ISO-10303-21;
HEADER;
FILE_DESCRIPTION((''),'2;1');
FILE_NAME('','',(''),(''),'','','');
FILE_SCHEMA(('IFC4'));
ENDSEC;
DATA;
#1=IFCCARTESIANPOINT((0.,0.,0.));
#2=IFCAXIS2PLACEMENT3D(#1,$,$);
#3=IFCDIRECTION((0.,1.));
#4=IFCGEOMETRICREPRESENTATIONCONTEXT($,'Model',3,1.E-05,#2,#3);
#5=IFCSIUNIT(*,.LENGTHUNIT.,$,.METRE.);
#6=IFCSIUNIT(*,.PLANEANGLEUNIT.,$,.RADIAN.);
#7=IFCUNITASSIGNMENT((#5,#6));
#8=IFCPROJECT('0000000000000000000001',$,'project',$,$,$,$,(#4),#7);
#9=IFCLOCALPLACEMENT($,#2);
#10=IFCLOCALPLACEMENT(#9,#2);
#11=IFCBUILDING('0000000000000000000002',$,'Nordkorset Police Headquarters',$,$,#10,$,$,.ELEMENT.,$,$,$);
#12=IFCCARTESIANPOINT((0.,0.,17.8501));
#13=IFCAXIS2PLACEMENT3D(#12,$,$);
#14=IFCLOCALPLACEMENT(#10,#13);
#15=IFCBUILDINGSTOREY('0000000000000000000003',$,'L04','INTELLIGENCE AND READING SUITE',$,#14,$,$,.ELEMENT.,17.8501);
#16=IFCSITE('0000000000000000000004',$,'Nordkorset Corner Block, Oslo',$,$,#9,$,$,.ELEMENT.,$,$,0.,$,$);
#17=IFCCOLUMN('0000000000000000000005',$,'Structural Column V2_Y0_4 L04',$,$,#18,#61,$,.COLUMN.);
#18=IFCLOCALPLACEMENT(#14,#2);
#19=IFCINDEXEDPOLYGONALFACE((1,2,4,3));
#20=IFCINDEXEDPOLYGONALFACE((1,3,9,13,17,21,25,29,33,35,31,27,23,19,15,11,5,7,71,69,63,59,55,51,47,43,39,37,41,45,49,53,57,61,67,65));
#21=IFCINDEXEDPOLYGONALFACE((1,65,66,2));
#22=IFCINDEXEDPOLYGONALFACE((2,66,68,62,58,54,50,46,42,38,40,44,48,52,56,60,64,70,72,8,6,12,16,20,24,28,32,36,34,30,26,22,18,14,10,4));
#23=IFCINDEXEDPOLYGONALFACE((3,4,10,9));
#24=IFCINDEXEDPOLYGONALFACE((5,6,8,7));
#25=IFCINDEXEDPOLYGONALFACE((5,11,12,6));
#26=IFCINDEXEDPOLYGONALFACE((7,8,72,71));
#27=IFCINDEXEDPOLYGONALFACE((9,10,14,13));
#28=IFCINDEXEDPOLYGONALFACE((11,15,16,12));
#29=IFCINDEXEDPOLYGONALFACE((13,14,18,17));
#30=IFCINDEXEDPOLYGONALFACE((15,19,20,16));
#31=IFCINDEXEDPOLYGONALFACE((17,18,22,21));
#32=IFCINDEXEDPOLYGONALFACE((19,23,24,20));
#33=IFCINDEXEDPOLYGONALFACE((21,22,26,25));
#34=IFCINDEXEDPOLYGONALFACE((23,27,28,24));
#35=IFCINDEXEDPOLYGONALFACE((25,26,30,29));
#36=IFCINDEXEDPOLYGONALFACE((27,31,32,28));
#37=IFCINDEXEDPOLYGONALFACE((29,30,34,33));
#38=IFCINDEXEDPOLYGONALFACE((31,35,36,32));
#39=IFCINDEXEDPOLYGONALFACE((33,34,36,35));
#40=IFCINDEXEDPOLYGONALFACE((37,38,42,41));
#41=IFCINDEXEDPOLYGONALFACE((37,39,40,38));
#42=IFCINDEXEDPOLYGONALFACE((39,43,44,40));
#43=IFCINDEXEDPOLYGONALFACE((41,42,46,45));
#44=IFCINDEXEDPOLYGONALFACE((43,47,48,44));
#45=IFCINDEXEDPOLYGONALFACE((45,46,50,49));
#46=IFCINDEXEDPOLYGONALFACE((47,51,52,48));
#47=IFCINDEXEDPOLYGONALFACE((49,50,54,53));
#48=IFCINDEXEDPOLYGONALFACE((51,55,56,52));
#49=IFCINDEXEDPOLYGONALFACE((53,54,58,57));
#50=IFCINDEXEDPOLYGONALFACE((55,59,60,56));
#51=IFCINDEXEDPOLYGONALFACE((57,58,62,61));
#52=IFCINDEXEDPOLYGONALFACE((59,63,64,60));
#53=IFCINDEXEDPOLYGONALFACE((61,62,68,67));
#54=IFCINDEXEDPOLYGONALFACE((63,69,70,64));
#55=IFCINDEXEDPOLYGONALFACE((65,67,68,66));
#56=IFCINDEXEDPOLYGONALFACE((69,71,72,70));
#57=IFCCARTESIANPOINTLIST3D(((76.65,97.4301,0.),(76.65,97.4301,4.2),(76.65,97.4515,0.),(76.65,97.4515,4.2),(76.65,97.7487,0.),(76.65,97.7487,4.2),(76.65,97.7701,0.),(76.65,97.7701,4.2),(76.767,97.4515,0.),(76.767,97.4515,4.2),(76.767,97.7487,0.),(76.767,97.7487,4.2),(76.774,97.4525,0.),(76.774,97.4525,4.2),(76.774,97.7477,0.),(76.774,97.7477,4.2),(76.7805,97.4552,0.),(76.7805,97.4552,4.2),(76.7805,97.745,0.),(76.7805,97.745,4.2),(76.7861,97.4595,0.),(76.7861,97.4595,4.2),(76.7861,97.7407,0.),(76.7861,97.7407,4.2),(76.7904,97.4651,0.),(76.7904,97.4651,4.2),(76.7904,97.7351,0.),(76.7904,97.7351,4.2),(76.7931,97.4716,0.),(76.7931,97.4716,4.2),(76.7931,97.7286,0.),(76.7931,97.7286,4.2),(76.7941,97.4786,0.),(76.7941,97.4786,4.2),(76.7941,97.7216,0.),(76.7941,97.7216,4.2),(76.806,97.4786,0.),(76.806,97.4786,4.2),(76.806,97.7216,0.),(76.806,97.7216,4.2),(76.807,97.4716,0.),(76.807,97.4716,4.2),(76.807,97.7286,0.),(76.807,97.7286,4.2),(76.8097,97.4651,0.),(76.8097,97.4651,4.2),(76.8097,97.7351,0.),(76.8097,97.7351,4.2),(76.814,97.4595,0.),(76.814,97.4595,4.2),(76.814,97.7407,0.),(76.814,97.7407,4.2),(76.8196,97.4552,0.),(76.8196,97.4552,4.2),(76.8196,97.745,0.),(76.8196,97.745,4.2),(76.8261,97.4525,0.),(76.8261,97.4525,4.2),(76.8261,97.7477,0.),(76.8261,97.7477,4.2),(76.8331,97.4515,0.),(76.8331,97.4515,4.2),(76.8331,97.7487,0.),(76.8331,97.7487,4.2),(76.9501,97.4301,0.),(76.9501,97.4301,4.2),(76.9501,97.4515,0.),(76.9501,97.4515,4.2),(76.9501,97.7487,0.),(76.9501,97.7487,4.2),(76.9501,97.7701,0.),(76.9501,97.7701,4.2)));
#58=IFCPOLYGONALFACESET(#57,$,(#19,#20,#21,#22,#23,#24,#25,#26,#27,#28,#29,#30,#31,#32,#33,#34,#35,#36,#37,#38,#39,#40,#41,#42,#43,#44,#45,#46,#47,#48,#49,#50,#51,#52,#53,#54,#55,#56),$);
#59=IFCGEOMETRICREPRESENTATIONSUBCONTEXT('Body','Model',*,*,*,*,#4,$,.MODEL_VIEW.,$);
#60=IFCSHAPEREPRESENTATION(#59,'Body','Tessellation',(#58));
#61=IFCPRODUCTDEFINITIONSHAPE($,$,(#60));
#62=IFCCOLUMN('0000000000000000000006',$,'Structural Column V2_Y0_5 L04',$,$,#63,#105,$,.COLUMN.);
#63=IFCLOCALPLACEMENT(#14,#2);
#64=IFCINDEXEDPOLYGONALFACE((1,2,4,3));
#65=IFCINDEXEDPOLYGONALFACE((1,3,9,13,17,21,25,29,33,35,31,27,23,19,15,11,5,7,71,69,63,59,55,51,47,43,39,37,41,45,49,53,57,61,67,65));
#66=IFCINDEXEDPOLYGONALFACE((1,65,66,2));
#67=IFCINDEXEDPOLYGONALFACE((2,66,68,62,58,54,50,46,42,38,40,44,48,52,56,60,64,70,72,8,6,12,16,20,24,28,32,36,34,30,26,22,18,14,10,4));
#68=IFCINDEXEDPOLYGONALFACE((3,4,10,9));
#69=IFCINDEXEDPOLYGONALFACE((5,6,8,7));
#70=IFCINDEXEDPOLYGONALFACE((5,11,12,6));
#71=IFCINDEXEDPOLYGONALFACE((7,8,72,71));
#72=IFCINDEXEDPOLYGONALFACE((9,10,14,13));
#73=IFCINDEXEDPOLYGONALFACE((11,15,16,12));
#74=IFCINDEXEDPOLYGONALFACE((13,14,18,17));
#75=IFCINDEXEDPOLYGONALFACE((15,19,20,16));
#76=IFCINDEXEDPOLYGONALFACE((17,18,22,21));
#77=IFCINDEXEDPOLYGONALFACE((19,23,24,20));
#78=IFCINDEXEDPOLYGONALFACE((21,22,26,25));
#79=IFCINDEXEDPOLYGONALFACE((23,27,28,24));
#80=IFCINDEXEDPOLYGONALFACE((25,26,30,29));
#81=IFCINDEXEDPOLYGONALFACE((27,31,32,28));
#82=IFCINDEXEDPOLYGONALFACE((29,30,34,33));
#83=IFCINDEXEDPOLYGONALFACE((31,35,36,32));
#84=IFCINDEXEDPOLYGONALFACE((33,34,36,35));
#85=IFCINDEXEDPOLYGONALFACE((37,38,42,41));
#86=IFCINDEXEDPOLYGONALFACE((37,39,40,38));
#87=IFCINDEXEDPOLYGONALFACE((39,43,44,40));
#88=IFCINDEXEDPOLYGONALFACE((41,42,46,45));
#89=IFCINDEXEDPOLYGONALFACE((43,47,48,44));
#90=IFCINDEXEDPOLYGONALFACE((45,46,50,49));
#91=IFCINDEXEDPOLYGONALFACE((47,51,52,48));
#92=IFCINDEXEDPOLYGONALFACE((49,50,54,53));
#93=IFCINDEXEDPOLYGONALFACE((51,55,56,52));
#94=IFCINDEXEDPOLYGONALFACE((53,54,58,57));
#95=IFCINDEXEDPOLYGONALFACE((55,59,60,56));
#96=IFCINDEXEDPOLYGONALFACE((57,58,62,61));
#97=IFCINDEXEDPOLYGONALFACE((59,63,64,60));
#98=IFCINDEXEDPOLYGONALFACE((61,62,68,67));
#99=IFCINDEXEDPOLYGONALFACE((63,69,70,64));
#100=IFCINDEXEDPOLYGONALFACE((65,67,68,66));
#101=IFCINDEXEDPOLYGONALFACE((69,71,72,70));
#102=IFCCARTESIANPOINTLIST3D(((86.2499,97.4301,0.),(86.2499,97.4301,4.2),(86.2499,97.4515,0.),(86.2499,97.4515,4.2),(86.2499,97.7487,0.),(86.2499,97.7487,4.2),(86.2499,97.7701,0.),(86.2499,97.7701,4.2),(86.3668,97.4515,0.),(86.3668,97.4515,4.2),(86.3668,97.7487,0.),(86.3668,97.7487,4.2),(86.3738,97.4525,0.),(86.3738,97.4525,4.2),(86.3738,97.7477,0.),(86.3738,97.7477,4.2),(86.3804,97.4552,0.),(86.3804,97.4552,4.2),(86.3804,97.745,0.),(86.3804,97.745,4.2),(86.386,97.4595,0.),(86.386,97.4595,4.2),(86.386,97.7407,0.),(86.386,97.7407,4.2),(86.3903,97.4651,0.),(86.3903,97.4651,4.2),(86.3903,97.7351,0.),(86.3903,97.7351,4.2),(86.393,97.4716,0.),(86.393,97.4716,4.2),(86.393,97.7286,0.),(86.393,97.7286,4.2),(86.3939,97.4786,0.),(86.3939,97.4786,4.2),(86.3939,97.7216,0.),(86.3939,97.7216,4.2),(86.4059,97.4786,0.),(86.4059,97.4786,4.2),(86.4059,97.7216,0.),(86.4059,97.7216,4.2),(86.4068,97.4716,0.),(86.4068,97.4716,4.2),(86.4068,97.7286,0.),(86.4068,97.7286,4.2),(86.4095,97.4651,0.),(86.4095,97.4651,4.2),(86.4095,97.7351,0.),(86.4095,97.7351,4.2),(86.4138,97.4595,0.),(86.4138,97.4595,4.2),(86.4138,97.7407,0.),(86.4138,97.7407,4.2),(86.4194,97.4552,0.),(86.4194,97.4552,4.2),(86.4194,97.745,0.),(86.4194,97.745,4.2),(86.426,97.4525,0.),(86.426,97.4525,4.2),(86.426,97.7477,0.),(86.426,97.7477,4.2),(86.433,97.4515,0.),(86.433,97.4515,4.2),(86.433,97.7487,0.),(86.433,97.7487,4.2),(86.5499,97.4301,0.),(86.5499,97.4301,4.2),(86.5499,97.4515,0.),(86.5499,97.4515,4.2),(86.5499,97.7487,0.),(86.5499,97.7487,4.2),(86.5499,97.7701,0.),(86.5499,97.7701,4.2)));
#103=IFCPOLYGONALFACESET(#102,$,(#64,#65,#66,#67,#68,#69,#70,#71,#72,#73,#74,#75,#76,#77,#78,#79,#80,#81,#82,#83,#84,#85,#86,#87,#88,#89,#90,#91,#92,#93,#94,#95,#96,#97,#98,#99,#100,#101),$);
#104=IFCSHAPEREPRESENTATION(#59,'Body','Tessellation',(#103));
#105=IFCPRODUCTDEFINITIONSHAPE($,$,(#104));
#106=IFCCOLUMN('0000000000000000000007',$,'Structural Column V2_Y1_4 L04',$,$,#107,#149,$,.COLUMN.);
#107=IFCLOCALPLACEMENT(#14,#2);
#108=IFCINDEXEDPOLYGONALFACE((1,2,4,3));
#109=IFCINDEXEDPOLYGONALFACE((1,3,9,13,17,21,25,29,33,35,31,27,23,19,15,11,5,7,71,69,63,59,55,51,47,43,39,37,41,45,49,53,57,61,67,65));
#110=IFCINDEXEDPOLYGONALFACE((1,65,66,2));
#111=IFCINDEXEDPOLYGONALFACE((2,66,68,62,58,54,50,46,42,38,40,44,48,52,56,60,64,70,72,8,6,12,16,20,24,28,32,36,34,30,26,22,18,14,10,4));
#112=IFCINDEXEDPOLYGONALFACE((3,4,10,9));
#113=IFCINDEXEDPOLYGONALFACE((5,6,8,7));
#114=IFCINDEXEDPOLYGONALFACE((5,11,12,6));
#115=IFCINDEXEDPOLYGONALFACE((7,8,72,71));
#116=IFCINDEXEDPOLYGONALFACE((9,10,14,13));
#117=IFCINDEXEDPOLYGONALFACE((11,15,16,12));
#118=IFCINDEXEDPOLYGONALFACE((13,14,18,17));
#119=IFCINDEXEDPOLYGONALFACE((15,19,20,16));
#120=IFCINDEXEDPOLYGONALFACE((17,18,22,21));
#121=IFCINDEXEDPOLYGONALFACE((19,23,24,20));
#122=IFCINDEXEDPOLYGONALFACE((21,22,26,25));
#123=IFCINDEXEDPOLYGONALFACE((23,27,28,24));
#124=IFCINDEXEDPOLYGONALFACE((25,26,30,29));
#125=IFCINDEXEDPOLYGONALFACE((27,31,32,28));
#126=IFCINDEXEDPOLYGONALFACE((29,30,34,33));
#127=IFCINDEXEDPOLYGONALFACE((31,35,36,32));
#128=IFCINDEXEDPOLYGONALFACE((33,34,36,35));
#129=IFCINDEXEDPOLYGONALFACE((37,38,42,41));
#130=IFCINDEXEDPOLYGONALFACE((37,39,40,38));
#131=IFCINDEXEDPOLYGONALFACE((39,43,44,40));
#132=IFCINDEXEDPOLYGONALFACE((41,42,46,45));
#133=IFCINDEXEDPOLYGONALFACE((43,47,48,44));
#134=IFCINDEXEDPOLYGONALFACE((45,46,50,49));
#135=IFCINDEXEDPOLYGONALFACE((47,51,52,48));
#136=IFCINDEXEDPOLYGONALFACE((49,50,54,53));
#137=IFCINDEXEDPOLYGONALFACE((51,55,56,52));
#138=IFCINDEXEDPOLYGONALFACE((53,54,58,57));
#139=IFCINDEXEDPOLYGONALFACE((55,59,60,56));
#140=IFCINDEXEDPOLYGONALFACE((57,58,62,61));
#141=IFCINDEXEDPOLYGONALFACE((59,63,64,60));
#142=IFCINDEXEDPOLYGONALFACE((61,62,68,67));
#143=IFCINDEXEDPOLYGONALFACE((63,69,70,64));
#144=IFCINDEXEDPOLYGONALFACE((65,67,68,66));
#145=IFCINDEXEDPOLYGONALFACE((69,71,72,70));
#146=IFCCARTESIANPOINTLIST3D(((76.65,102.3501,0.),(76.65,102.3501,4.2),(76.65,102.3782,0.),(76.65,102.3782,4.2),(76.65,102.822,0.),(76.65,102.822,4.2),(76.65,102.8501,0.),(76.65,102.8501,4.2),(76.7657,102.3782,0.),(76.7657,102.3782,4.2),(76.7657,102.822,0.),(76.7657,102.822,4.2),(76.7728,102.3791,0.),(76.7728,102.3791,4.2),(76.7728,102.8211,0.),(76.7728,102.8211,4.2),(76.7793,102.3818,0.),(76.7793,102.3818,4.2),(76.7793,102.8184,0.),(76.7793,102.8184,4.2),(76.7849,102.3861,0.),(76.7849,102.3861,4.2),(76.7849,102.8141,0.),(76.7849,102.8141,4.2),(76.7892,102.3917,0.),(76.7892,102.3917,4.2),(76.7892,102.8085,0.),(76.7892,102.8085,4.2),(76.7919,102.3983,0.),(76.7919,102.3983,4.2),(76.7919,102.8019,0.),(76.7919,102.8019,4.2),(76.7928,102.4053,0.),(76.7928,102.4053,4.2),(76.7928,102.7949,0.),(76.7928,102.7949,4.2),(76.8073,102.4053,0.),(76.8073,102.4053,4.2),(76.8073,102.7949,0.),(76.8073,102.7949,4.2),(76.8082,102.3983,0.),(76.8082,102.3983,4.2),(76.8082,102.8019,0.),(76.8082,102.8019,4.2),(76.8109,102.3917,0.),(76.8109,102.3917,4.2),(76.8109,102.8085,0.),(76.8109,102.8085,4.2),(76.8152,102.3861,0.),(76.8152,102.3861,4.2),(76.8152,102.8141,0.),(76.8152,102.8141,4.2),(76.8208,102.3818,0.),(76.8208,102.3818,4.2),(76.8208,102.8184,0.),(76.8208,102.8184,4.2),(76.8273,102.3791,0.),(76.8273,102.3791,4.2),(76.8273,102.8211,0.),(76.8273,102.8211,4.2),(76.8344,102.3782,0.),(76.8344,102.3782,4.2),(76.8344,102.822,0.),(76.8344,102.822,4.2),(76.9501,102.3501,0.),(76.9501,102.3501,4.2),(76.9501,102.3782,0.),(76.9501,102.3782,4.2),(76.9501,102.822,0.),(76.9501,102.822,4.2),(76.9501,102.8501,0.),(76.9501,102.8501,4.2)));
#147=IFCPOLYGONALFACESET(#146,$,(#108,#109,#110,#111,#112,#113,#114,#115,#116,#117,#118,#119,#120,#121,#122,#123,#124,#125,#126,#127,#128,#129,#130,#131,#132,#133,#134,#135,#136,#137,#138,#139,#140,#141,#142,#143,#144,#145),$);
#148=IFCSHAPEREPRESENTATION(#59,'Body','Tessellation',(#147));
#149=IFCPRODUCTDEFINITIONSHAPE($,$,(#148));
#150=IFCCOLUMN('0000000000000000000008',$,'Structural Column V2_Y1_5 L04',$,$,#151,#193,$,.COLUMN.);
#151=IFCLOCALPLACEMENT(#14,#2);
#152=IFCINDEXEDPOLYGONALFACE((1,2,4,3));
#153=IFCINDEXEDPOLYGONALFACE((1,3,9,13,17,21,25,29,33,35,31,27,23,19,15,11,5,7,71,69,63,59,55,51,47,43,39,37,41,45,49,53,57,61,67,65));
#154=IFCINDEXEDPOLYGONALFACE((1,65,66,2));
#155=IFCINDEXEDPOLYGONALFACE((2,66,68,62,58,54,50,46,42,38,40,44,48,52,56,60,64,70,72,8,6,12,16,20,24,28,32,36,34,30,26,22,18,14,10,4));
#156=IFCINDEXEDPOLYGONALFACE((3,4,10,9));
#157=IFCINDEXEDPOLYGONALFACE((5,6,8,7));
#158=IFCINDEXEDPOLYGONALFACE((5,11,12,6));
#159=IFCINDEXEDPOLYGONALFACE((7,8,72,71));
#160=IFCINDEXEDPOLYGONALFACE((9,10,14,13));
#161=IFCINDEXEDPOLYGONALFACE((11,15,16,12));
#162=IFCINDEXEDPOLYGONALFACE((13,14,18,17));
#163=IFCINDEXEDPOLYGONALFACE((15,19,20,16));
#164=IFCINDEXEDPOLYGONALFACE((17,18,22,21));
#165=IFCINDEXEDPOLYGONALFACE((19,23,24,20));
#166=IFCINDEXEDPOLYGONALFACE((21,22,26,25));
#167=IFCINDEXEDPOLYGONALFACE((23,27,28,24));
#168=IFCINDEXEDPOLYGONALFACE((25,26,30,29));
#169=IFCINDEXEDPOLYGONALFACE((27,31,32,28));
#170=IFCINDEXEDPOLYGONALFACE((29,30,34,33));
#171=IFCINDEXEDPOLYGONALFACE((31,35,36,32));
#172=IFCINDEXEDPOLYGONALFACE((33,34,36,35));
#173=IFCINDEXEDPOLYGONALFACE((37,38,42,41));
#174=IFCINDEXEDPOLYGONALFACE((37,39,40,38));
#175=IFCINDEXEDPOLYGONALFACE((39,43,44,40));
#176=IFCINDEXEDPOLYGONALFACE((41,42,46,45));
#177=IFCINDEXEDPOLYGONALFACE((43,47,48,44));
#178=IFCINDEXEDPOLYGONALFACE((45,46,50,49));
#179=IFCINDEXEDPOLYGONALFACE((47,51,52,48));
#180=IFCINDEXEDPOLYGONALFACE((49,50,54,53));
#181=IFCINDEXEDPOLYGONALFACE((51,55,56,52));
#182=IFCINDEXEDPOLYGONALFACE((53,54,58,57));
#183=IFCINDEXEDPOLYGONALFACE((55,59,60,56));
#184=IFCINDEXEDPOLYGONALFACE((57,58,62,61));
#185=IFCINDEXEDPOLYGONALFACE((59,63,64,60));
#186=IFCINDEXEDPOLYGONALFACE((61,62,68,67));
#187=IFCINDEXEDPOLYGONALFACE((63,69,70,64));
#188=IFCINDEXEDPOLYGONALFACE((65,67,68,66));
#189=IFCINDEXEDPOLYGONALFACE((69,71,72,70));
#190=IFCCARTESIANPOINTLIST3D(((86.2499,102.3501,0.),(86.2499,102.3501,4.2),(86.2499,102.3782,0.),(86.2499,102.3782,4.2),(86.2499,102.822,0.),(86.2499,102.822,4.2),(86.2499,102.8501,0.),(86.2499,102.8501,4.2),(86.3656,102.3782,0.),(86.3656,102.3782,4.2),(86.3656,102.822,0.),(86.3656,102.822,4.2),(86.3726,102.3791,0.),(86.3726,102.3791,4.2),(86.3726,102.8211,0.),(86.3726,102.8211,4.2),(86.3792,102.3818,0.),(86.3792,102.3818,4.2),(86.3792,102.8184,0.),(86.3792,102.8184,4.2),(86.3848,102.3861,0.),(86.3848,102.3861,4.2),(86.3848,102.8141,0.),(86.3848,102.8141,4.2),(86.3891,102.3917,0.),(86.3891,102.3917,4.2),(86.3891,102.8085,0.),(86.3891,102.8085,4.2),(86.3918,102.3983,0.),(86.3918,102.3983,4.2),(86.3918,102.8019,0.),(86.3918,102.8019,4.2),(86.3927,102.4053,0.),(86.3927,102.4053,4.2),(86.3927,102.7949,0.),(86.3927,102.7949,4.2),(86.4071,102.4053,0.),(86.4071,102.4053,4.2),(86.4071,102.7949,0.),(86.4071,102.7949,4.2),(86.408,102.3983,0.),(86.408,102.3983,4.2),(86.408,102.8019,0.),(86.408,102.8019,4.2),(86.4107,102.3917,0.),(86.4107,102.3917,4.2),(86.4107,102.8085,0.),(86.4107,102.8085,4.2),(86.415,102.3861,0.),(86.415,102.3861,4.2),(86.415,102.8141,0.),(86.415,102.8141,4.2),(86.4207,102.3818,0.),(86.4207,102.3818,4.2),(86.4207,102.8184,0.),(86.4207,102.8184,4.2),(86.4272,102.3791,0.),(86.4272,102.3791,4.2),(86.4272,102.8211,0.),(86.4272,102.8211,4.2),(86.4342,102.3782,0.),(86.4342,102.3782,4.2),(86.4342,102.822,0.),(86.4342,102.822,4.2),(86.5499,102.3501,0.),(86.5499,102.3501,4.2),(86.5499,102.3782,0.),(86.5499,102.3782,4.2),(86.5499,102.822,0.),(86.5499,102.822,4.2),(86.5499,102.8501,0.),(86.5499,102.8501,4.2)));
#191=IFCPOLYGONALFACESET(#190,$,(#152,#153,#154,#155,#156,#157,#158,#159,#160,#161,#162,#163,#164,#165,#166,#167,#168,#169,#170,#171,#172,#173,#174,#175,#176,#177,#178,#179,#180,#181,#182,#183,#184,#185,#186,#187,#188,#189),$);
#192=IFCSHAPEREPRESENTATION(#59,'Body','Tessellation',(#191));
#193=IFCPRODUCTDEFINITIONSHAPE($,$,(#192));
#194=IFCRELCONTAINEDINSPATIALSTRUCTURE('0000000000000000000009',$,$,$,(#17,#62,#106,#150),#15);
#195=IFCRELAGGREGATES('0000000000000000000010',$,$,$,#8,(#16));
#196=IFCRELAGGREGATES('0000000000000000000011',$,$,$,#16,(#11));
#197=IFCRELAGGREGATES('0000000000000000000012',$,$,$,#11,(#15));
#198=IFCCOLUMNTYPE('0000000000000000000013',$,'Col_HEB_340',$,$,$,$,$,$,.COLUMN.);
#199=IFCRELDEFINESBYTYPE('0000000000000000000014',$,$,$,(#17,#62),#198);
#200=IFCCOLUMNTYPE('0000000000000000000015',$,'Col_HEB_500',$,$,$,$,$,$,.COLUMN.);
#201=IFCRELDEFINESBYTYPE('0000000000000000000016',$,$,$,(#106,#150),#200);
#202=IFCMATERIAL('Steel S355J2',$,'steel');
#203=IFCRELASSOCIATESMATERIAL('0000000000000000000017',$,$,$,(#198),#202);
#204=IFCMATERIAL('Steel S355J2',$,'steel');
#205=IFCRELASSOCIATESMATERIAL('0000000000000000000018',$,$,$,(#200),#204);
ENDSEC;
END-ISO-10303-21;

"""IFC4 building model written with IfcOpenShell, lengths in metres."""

from ifc_helpers import new_model, si_unit, direction, frame, origin, origin_2d, place, context, subcontext, project, spatial, i_section, extrude, material, material_profile, profile_set, type_object, element, save


model = new_model("IFC4")

# Units and contexts
model_context = context("Model", 3, precision=1e-05, world=origin(), true_north=direction((0.0, 1.0)))
body_context = subcontext(model_context, "Body", "Model", "MODEL_VIEW")
ifc_project = project(units=[si_unit("LENGTHUNIT", "METRE"), si_unit("PLANEANGLEUNIT", "RADIAN")], contexts=[model_context])

# Site, building, storey
site_placement = place(None, origin())
site = spatial("IfcSite", under=ifc_project, at=site_placement, Name="Nordkorset Corner Block, Oslo", CompositionType="ELEMENT", RefElevation=0.0)
building_placement = place(site_placement, origin())
building = spatial("IfcBuilding", under=site, at=building_placement, Name="Nordkorset Police Headquarters", CompositionType="ELEMENT")
storey_placement = place(building_placement, frame((0.0, 0.0, 17.8501)))
storey = spatial("IfcBuildingStorey", under=building, at=storey_placement, Name="L04", Description="INTELLIGENCE AND READING SUITE", CompositionType="ELEMENT", Elevation=17.8501)

# Columns
ifc_material_1 = material(Name="Steel S355J2", Category="steel")
ifc_material_profile_1 = material_profile(ifc_material_1, i_section(OverallWidth=0.3, OverallDepth=0.3401, WebThickness=0.012, FlangeThickness=0.0215, FilletRadius=0.0271, at=origin_2d()), Name="HEB 340")
ifc_profile_set_1 = profile_set([ifc_material_profile_1], Name="Steel S355J2")
column_type_1 = type_object("IfcColumnType", Name="Col_HEB_340", PredefinedType="COLUMN", material=ifc_profile_set_1)
for number, where, z_axis, x_axis, name in (
    (1, (76.8, 97.6001, 0.0), (0.0, 0.0, 1.0), (1.0, 0.0, 0.0), "Structural Column V2_Y0_4 L04"),
    (2, (86.3999, 97.6001, 0.0), (0.0, 0.0, 1.0), (1.0, 0.0, 0.0), "Structural Column V2_Y0_5 L04"),
):
    element("IfcColumn", number, at=place(storey_placement, frame(where, z_axis=z_axis, x_axis=x_axis)), inside=storey, type_object=column_type_1, Name=name, PredefinedType="COLUMN", context=body_context, shape_type="SweptSolid", body=[
        extrude(i_section(OverallWidth=0.3, OverallDepth=0.3401, WebThickness=0.012, FlangeThickness=0.0215, FilletRadius=0.0271, at=origin_2d()), origin(), (0.0, 0.0, 1.0), 4.2),
    ])
ifc_material_2 = material(Name="Steel S355J2", Category="steel")
ifc_material_profile_2 = material_profile(ifc_material_2, i_section(OverallWidth=0.3, OverallDepth=0.5, WebThickness=0.0144, FlangeThickness=0.0281, FilletRadius=0.0271, at=origin_2d()), Name="HEB 500")
ifc_profile_set_2 = profile_set([ifc_material_profile_2], Name="Steel S355J2")
column_type_2 = type_object("IfcColumnType", Name="Col_HEB_500", PredefinedType="COLUMN", material=ifc_profile_set_2)
for number, where, z_axis, x_axis, name in (
    (3, (76.8, 102.6001, 0.0), (0.0, 0.0, 1.0), (1.0, 0.0, 0.0), "Structural Column V2_Y1_4 L04"),
    (4, (86.3999, 102.6001, 0.0), (0.0, 0.0, 1.0), (1.0, 0.0, 0.0), "Structural Column V2_Y1_5 L04"),
):
    element("IfcColumn", number, at=place(storey_placement, frame(where, z_axis=z_axis, x_axis=x_axis)), inside=storey, type_object=column_type_2, Name=name, PredefinedType="COLUMN", context=body_context, shape_type="SweptSolid", body=[
        extrude(i_section(OverallWidth=0.3, OverallDepth=0.5, WebThickness=0.0144, FlangeThickness=0.0281, FilletRadius=0.0271, at=origin_2d()), origin(), (0.0, 0.0, 1.0), 4.2),
    ])

save(model, "model.ifc")
